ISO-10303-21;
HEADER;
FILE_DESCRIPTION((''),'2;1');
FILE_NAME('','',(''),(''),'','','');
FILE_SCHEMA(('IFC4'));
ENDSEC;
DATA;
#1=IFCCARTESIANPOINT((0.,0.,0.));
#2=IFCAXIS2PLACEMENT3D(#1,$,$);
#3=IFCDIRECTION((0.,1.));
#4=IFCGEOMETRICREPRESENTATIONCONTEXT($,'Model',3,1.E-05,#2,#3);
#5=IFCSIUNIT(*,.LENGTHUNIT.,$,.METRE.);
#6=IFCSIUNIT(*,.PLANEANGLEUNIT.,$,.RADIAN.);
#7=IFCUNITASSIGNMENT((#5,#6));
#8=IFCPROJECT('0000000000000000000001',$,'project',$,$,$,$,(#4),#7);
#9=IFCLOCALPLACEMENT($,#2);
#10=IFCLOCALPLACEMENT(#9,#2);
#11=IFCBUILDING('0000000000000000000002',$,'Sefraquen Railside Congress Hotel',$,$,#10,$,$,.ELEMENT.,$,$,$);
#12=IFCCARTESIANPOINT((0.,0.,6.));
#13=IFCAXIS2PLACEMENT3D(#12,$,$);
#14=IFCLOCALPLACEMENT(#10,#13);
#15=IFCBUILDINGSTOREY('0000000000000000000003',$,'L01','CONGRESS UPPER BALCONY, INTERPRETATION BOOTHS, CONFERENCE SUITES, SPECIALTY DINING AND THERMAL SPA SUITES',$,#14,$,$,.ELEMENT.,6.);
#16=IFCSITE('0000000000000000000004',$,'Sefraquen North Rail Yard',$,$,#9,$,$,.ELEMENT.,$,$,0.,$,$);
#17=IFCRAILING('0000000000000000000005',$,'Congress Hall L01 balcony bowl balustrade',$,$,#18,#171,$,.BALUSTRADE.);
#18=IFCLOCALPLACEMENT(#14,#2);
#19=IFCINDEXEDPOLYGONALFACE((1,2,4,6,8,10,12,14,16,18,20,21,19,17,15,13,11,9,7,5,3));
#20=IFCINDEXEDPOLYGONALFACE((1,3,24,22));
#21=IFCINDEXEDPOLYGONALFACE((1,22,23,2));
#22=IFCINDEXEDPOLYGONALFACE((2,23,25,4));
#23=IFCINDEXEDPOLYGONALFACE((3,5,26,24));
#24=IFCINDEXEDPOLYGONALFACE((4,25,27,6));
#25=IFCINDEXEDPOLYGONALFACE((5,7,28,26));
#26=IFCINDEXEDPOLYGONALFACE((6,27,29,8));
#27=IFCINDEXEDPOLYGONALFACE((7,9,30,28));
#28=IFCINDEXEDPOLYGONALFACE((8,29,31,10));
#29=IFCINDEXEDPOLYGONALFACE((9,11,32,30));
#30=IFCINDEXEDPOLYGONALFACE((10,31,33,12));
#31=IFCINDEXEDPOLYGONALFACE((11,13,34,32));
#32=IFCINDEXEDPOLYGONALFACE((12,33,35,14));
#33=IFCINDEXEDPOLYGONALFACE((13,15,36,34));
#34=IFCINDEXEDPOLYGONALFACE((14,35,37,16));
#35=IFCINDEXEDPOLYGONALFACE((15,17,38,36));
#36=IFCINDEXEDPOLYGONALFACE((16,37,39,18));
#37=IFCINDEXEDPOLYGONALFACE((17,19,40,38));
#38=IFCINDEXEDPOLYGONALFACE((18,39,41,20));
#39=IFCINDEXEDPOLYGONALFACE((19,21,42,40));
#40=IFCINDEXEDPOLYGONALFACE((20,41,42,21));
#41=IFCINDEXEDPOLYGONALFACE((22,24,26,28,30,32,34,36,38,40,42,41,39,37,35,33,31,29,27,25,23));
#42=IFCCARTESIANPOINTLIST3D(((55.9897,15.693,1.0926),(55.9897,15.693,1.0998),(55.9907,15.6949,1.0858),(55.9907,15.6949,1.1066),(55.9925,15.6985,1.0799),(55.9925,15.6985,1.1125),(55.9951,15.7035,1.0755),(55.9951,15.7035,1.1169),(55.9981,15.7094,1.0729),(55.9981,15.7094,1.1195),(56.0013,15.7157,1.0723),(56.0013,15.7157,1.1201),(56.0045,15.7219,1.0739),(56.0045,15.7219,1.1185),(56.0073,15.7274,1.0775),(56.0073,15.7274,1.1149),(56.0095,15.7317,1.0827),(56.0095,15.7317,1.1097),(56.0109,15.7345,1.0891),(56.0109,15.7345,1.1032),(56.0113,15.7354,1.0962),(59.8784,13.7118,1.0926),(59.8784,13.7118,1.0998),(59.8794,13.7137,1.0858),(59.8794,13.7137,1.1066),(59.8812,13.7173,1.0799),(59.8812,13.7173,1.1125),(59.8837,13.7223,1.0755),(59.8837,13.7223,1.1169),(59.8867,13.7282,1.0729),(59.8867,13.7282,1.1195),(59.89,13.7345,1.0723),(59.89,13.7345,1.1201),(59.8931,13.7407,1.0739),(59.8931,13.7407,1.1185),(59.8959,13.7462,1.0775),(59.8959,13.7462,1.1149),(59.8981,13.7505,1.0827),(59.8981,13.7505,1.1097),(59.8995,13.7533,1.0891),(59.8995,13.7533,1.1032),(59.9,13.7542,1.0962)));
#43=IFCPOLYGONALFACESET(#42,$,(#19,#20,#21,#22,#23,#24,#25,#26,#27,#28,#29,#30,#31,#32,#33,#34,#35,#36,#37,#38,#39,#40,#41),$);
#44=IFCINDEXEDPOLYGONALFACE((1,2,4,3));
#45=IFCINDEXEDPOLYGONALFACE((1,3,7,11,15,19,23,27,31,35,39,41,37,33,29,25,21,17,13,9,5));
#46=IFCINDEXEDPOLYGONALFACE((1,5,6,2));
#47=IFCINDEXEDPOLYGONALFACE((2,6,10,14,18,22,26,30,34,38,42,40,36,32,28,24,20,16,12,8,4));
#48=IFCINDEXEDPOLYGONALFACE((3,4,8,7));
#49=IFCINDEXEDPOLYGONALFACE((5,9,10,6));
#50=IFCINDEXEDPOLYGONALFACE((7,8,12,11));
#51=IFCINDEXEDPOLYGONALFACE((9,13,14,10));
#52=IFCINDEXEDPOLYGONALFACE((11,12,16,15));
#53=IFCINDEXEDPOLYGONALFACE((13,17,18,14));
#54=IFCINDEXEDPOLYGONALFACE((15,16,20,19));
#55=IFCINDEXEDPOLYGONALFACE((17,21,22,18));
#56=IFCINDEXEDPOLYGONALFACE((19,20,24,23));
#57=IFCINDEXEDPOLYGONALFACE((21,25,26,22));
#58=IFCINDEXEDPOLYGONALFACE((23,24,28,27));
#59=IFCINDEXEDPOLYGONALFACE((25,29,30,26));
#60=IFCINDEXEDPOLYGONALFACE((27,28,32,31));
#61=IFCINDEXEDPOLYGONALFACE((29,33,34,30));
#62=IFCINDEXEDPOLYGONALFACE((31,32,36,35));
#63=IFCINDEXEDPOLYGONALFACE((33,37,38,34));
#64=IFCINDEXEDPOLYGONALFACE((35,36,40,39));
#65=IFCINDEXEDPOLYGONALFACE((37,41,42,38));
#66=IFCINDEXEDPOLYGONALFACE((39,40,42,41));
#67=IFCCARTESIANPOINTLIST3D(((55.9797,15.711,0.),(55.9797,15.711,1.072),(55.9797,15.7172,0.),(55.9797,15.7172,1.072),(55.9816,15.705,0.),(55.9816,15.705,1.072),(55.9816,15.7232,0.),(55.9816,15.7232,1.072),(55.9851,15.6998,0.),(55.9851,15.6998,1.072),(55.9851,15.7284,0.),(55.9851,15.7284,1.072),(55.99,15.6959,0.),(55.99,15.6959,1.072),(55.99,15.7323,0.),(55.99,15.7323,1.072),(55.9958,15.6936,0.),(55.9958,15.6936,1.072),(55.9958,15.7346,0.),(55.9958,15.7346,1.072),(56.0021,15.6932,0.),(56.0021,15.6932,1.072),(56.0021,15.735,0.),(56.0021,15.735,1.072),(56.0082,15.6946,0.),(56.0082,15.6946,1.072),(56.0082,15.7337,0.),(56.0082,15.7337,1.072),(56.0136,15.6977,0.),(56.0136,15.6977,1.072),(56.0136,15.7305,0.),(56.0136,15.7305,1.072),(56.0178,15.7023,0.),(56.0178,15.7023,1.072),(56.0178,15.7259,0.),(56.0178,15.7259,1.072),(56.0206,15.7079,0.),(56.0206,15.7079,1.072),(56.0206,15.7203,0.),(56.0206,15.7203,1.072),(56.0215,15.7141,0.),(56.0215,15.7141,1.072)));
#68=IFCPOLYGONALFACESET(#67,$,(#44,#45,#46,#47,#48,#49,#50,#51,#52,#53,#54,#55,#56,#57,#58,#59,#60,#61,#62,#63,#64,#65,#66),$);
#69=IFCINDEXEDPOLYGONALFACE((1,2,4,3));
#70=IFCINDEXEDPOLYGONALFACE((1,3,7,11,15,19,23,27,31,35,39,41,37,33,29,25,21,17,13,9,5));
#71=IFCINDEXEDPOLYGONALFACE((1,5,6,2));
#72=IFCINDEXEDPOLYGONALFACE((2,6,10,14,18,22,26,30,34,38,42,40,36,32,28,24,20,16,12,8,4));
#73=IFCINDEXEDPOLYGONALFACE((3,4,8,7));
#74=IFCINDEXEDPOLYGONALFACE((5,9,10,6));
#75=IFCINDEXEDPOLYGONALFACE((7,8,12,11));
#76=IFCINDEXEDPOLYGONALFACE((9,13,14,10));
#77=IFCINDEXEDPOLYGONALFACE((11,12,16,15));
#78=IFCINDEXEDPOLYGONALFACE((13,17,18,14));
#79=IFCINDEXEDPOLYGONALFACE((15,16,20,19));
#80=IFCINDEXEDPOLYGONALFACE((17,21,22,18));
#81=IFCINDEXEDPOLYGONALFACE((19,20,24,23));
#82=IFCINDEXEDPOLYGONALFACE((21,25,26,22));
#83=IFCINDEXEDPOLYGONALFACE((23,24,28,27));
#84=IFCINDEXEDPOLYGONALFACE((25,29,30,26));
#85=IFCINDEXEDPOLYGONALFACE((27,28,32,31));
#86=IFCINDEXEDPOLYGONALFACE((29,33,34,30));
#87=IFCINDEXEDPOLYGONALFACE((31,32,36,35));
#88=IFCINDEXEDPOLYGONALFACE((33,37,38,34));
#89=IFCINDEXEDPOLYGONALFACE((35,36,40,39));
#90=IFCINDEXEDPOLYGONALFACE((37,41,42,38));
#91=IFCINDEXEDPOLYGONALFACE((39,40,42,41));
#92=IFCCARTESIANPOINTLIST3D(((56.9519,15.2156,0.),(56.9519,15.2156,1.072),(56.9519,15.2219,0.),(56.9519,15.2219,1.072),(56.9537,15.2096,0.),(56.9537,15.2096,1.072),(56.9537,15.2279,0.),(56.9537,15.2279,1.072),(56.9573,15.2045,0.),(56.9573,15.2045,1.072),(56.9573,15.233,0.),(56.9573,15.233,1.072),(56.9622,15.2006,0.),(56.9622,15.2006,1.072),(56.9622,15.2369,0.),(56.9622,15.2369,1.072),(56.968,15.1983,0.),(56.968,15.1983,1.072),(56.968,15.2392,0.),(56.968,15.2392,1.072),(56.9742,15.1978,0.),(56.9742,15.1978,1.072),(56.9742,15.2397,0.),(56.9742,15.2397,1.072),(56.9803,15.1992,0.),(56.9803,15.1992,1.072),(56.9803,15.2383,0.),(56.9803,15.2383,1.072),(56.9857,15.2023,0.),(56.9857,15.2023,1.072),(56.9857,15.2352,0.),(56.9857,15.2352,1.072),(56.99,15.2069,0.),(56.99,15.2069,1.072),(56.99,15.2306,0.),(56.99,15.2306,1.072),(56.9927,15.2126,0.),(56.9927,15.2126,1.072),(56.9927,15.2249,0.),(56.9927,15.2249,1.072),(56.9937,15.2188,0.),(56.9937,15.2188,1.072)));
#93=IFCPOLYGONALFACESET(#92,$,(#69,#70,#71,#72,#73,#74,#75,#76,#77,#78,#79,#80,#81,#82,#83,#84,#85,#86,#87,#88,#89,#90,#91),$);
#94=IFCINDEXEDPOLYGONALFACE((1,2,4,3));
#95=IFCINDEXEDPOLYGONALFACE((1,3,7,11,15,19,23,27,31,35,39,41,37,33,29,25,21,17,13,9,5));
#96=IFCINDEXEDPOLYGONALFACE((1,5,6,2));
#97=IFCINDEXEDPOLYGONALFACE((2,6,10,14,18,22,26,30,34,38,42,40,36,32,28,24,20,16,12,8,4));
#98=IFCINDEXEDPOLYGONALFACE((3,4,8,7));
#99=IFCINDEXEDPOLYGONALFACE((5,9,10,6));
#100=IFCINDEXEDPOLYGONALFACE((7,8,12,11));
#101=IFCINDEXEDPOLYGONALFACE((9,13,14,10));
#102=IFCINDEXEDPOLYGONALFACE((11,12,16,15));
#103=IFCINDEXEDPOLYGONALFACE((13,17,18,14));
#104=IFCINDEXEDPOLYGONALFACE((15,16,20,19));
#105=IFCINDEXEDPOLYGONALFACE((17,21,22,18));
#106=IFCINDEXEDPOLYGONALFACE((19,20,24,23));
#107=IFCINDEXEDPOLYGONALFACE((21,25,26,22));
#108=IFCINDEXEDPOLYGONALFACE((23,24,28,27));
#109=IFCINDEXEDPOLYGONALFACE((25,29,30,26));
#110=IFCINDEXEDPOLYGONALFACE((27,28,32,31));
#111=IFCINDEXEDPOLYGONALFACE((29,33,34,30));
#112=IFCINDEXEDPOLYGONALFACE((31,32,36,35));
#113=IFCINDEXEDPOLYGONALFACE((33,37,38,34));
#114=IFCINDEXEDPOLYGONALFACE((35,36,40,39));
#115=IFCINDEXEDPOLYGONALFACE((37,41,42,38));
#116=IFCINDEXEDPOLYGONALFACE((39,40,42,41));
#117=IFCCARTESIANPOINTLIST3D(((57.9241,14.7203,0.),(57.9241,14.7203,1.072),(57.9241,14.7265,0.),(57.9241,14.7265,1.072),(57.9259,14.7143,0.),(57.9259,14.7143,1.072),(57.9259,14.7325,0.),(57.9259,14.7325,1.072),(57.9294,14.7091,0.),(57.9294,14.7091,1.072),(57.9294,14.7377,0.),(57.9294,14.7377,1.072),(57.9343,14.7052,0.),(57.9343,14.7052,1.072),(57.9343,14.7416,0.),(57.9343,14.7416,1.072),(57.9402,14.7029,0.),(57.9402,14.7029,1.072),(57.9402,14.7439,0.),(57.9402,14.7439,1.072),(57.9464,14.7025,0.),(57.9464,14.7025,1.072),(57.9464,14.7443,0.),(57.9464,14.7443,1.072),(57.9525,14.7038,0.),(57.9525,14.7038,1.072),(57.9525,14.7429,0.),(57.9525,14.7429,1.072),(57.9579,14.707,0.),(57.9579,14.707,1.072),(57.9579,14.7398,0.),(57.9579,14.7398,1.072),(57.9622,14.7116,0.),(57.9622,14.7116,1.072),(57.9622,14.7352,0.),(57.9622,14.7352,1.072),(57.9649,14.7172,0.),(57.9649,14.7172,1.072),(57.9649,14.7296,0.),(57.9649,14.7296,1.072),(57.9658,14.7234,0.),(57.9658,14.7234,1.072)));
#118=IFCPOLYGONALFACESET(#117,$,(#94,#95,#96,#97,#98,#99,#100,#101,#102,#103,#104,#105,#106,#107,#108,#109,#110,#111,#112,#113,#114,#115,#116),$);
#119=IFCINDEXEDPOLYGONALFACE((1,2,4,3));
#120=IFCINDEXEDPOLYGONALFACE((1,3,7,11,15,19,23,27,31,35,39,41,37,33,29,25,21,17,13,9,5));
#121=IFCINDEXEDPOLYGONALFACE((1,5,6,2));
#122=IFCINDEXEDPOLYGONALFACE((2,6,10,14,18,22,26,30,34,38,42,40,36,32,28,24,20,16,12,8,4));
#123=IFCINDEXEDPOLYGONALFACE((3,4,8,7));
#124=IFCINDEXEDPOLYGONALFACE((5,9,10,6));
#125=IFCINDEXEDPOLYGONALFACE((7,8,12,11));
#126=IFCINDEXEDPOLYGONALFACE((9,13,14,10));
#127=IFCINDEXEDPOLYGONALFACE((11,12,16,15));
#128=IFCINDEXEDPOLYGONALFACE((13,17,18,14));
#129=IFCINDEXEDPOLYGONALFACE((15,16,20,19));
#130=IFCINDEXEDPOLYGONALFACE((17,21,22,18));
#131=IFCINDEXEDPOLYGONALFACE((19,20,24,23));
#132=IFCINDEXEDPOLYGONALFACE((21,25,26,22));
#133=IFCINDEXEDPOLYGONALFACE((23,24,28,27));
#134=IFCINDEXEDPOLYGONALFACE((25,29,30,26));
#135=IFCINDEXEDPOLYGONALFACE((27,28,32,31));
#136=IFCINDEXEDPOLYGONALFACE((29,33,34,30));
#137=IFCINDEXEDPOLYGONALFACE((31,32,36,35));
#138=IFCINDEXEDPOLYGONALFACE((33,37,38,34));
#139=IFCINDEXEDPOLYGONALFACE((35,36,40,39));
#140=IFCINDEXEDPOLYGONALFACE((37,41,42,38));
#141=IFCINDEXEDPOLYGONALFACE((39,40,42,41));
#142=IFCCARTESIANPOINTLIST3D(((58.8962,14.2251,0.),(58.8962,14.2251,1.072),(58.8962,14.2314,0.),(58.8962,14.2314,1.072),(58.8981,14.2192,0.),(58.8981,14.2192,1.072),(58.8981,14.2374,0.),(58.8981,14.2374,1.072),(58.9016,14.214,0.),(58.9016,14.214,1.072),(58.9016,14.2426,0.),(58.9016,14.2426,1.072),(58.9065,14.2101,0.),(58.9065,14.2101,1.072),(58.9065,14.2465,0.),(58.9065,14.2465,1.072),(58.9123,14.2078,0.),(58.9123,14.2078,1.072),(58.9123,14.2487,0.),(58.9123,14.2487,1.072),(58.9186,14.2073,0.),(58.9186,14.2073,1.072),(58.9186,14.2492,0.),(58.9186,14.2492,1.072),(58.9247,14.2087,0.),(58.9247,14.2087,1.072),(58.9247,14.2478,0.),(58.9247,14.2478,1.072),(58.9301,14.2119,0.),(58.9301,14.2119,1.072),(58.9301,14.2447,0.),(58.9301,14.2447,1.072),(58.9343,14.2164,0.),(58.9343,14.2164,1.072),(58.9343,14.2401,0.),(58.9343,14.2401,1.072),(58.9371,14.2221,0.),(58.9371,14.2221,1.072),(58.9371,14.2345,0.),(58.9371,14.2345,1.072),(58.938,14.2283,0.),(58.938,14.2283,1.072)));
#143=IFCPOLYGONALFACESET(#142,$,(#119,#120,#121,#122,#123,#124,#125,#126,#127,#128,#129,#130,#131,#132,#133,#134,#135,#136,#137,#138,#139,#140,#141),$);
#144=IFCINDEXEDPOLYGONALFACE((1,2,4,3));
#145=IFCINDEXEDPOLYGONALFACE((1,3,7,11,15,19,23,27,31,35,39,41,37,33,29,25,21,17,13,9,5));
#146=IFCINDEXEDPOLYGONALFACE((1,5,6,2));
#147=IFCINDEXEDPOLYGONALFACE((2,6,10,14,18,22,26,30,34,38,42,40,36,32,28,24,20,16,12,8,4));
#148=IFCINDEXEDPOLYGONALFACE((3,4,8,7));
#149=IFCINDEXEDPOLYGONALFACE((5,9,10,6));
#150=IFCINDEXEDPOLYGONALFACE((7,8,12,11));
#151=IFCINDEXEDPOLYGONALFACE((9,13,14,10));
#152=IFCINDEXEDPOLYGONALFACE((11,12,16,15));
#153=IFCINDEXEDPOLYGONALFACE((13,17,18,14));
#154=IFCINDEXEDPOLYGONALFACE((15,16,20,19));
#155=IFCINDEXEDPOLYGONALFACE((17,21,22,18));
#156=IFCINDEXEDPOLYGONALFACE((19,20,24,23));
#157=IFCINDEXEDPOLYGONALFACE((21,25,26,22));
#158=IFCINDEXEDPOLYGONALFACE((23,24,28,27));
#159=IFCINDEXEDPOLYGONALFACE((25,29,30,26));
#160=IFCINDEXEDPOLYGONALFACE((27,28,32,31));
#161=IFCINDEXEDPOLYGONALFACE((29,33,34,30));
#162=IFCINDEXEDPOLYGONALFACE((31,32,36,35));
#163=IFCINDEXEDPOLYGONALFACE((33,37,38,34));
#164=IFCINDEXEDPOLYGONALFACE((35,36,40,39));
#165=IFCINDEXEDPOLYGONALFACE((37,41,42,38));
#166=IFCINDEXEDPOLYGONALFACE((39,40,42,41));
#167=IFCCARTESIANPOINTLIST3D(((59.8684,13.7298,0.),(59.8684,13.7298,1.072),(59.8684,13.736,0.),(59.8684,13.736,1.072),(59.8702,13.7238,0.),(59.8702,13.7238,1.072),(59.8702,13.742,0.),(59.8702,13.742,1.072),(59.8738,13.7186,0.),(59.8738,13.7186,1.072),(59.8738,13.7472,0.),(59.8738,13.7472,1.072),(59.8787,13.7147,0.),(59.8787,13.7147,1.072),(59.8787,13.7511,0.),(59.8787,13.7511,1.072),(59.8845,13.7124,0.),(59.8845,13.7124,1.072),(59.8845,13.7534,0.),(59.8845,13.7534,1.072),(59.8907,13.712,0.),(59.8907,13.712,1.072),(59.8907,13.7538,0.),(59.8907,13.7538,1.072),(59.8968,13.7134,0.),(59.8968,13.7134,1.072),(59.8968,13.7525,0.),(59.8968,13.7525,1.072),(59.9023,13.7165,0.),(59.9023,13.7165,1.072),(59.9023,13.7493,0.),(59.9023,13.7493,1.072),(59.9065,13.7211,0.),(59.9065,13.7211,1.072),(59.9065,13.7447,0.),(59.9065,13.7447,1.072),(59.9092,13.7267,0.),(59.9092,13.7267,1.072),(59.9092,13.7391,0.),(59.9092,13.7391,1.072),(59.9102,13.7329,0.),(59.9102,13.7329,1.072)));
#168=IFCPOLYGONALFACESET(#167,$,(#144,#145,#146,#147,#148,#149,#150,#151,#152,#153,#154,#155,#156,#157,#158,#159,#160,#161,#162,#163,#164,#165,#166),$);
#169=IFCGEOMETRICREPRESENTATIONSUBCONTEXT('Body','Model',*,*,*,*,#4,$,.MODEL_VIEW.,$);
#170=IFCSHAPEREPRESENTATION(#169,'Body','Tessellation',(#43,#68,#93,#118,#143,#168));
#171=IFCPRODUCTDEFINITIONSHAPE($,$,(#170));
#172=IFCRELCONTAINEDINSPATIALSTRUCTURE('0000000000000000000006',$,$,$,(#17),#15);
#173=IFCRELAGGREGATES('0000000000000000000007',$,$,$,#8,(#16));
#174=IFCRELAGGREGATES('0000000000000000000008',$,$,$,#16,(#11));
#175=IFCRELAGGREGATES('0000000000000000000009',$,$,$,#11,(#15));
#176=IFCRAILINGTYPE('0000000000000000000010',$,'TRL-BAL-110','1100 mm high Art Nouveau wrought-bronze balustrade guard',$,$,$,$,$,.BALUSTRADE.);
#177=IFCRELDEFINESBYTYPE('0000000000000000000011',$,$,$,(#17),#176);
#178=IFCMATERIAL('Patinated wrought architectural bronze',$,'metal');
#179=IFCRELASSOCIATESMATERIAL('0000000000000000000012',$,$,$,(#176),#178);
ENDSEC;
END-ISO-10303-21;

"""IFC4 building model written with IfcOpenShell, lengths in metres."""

from ifc_helpers import new_model, si_unit, direction, frame, origin, origin_2d, place, context, subcontext, project, spatial, circle, extrude, material, type_object, element, save


model = new_model("IFC4")

# Units and contexts
model_context = context("Model", 3, precision=1e-05, world=origin(), true_north=direction((0.0, 1.0)))
body_context = subcontext(model_context, "Body", "Model", "MODEL_VIEW")
ifc_project = project(units=[si_unit("LENGTHUNIT", "METRE"), si_unit("PLANEANGLEUNIT", "RADIAN")], contexts=[model_context])

# Site, building, storey
site_placement = place(None, origin())
site = spatial("IfcSite", under=ifc_project, at=site_placement, Name="Sefraquen North Rail Yard", CompositionType="ELEMENT", RefElevation=0.0)
building_placement = place(site_placement, origin())
building = spatial("IfcBuilding", under=site, at=building_placement, Name="Sefraquen Railside Congress Hotel", CompositionType="ELEMENT")
storey_placement = place(building_placement, frame((0.0, 0.0, 6.0)))
storey = spatial("IfcBuildingStorey", under=building, at=storey_placement, Name="L01", Description="CONGRESS UPPER BALCONY, INTERPRETATION BOOTHS, CONFERENCE SUITES, SPECIALTY DINING AND THERMAL SPA SUITES", CompositionType="ELEMENT", Elevation=6.0)

# Railing
ifc_material_1 = material(Name="Patinated wrought architectural bronze", Category="metal")
railing_type = type_object("IfcRailingType", Name="TRL-BAL-110", Description="1100 mm high Art Nouveau wrought-bronze balustrade guard", PredefinedType="BALUSTRADE", material=ifc_material_1)
railing_1_placement = place(storey_placement, frame((56.0005, 15.7141, 0.0)))
element("IfcRailing", 1, at=railing_1_placement, inside=storey, type_object=railing_type, Name="Congress Hall L01 balcony bowl balustrade", PredefinedType="BALUSTRADE", context=body_context, shape_type="SweptSolid", body=[
    extrude(circle(Radius=0.0239, at=origin_2d()), frame((0.0, 0.0, 1.0962), z_axis=(0.891023, -0.453958, 0.0), x_axis=(0.453958, 0.891023, 0.0)), (0.0, 0.0, 1.0), 4.3643),
    extrude(circle(Radius=0.021, at=origin_2d()), origin(), (0.0, 0.0, 1.0), 1.072),
    extrude(circle(Radius=0.021, at=origin_2d()), frame((0.9722, -0.4954, 0.0)), (0.0, 0.0, 1.0), 1.072),
    extrude(circle(Radius=0.021, at=origin_2d()), frame((1.9443, -0.9907, 0.0)), (0.0, 0.0, 1.0), 1.072),
    extrude(circle(Radius=0.021, at=origin_2d()), frame((2.9165, -1.4858, 0.0)), (0.0, 0.0, 1.0), 1.072),
    extrude(circle(Radius=0.021, at=origin_2d()), frame((3.8887, -1.9812, 0.0)), (0.0, 0.0, 1.0), 1.072),
])

save(model, "model.ifc")
